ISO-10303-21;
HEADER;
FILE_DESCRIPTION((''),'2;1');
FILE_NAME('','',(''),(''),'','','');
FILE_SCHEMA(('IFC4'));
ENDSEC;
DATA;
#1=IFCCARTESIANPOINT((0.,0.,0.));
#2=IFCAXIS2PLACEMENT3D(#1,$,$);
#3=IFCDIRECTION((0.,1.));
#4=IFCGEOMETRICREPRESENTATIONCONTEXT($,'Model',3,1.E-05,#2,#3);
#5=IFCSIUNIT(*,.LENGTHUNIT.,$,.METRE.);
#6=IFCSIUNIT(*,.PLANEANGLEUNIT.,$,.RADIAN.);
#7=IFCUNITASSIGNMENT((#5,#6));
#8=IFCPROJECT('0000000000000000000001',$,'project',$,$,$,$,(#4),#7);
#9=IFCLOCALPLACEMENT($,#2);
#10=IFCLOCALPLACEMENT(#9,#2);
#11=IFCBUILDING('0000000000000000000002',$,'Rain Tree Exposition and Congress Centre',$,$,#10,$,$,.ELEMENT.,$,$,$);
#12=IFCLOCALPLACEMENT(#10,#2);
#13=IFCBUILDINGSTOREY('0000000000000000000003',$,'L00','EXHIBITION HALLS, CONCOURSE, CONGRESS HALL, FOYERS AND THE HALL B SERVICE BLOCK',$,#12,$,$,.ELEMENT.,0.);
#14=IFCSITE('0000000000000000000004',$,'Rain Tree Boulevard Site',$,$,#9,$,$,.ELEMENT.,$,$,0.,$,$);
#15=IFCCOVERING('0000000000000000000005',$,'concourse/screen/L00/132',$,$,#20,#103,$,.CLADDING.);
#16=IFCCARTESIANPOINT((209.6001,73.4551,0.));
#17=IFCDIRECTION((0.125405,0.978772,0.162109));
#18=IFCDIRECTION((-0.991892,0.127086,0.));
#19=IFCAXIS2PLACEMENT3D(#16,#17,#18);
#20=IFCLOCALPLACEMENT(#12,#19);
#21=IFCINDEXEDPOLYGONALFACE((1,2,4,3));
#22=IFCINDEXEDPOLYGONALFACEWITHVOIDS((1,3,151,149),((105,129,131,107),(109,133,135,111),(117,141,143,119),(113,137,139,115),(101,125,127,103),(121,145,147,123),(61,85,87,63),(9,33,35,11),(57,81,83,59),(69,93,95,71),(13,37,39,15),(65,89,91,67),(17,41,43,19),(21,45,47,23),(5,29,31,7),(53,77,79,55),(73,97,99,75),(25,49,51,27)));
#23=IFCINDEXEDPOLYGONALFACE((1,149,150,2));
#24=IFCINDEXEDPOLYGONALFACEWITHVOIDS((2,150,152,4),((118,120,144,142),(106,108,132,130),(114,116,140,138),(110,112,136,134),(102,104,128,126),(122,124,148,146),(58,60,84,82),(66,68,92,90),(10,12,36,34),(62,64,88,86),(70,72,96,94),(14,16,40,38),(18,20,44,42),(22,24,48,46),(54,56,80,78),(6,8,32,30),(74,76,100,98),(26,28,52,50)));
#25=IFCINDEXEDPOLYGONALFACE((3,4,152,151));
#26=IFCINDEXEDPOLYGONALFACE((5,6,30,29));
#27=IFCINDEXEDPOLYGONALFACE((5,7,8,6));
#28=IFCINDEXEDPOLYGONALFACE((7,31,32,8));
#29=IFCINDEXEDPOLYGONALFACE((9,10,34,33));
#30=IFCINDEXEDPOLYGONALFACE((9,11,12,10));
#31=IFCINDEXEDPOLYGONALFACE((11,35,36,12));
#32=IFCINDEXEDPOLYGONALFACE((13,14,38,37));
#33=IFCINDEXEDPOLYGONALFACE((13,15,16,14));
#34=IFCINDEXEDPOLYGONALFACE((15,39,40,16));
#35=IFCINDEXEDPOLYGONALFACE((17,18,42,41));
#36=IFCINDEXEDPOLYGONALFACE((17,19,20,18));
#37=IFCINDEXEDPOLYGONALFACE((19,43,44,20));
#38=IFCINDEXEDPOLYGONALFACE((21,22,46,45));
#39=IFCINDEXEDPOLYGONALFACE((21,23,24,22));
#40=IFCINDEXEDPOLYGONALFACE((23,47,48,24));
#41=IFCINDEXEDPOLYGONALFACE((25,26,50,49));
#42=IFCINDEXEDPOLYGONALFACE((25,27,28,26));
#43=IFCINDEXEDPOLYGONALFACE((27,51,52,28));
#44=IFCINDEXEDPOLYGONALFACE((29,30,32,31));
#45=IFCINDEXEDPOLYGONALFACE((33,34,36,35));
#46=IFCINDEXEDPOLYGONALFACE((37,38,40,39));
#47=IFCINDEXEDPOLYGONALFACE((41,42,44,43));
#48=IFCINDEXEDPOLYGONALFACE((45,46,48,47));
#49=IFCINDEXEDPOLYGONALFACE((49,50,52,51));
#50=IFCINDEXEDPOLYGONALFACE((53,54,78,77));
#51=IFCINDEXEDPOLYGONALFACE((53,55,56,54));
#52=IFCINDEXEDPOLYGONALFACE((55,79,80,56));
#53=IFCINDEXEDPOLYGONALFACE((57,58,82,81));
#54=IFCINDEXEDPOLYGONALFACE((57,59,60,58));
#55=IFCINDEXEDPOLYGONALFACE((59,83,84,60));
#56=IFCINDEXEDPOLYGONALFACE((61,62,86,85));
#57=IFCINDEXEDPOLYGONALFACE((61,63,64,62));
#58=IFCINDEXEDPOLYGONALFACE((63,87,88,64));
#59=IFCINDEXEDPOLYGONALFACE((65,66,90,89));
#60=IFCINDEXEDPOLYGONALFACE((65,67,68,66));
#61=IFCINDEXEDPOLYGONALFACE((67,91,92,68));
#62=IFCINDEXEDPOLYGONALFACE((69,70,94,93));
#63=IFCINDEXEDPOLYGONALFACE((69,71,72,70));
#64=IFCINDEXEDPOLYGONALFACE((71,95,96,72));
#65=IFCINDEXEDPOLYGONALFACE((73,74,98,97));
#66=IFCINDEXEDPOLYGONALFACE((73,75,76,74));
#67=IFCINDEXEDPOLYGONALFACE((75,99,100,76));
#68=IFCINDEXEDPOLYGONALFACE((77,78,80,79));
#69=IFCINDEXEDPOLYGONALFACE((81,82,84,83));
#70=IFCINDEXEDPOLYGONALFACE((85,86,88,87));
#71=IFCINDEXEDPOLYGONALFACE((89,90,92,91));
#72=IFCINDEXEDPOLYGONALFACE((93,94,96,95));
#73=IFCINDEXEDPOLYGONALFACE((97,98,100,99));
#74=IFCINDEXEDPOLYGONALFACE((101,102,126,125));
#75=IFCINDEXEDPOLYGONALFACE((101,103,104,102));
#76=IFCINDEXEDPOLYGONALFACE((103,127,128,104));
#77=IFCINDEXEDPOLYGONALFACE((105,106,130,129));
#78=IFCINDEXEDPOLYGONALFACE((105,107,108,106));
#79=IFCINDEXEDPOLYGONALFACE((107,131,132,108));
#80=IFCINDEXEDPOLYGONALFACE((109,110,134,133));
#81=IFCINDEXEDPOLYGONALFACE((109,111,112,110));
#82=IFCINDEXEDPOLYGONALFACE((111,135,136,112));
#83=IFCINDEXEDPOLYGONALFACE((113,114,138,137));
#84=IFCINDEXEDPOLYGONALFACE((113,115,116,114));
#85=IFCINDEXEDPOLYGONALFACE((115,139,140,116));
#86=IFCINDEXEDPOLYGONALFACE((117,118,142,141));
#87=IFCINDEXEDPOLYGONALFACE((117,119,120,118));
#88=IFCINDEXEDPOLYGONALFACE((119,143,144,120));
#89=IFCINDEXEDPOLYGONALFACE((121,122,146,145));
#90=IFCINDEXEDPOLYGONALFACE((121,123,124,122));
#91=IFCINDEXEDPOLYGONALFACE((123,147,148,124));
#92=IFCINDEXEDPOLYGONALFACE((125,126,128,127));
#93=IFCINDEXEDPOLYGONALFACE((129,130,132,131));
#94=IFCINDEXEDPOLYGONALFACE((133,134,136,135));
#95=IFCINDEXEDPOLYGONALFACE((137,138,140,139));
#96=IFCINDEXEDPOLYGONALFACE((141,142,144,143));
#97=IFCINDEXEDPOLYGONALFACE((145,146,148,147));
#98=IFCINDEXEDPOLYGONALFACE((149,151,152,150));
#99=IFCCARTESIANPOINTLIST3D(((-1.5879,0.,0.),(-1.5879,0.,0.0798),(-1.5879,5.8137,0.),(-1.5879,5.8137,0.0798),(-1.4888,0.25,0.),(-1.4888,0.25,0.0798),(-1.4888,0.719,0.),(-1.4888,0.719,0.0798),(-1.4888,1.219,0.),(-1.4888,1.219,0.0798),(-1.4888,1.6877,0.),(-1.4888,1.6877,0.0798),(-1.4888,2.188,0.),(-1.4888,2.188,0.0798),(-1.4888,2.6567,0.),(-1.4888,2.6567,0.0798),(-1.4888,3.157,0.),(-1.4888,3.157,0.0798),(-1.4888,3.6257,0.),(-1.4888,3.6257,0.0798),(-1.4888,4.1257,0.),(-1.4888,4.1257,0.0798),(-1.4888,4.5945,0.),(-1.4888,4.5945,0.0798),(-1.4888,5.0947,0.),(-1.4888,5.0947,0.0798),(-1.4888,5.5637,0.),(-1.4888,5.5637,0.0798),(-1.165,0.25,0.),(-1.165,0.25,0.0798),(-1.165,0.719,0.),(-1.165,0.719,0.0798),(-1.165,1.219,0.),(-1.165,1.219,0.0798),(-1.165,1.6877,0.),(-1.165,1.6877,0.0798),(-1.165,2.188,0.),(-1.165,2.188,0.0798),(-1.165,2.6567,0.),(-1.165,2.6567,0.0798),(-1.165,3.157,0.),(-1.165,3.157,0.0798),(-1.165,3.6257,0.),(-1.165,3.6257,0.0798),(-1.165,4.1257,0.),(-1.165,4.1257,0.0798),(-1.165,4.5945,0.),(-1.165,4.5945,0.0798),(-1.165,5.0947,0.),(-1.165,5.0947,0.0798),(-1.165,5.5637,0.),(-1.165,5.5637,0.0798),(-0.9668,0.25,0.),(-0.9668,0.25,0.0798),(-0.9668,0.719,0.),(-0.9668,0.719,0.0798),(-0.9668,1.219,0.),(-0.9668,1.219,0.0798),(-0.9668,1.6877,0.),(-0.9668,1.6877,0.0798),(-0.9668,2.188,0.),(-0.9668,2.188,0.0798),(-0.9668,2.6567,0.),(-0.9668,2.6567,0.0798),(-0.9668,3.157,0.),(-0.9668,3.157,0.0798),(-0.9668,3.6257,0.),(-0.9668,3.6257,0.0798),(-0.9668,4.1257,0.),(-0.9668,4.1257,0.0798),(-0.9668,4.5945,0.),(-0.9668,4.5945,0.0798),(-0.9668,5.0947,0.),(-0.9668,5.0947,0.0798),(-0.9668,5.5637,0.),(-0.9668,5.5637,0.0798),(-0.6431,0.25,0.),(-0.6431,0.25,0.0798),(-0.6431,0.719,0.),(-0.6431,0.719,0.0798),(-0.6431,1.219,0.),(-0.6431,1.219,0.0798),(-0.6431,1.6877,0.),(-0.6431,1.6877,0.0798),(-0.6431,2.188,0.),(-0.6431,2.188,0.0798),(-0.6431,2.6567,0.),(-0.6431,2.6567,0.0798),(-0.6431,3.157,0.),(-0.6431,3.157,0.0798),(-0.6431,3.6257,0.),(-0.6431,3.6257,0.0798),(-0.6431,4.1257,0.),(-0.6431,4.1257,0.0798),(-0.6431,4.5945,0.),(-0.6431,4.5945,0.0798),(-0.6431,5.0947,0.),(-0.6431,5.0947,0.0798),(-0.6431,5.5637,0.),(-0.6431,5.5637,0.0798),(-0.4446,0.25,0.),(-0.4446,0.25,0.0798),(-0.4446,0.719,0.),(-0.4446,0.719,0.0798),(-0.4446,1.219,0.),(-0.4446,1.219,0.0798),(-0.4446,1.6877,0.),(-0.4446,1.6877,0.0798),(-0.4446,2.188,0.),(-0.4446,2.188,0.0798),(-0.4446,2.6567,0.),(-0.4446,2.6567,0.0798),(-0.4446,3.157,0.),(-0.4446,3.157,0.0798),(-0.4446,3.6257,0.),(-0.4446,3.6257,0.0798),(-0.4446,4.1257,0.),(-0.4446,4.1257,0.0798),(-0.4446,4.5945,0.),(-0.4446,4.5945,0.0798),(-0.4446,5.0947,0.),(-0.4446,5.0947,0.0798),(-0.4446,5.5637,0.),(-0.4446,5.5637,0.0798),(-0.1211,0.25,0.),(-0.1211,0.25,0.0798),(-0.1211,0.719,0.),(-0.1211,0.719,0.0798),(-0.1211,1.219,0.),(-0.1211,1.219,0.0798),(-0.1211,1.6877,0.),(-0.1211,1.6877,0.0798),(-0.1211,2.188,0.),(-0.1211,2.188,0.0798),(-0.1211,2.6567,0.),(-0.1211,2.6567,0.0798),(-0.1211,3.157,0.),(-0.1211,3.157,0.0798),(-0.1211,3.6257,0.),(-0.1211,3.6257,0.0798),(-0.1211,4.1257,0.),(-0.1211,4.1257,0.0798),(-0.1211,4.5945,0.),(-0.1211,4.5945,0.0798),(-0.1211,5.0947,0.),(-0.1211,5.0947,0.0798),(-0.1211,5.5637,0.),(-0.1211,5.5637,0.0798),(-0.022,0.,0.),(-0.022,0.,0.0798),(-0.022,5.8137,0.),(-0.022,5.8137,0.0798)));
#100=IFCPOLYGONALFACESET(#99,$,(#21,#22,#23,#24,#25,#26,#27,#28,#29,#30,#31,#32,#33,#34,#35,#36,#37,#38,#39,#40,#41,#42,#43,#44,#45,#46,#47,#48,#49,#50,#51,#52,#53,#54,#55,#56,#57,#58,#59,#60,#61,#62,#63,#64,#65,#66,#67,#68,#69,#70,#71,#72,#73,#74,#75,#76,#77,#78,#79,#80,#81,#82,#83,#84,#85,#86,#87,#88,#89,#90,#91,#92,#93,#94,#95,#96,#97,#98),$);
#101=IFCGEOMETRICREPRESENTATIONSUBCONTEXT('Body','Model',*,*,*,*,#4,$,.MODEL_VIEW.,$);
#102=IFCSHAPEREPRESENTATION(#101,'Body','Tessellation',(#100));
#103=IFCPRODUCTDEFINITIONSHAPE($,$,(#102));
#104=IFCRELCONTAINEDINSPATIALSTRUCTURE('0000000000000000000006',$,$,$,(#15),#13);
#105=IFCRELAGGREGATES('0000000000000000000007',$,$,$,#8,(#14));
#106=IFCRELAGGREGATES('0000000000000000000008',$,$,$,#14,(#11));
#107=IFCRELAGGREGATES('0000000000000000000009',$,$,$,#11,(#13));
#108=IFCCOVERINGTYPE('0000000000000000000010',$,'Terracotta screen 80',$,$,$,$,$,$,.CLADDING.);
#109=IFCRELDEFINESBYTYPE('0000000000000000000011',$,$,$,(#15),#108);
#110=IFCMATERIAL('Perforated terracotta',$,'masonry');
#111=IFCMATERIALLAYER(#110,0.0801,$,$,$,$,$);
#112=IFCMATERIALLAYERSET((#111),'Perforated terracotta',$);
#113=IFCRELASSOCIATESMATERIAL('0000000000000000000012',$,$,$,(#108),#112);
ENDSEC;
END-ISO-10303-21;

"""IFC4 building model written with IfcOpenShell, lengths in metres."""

from ifc_helpers import new_model, si_unit, direction, frame, origin, place, context, subcontext, project, spatial, polyline, outline, extrude, material, layer, layer_set, type_object, element, save


model = new_model("IFC4")

# Units and contexts
model_context = context("Model", 3, precision=1e-05, world=origin(), true_north=direction((0.0, 1.0)))
body_context = subcontext(model_context, "Body", "Model", "MODEL_VIEW")
ifc_project = project(units=[si_unit("LENGTHUNIT", "METRE"), si_unit("PLANEANGLEUNIT", "RADIAN")], contexts=[model_context])

# Site, building, storey
site_placement = place(None, origin())
site = spatial("IfcSite", under=ifc_project, at=site_placement, Name="Rain Tree Boulevard Site", CompositionType="ELEMENT", RefElevation=0.0)
building_placement = place(site_placement, origin())
building = spatial("IfcBuilding", under=site, at=building_placement, Name="Rain Tree Exposition and Congress Centre", CompositionType="ELEMENT")
storey_placement = place(building_placement, origin())
storey = spatial("IfcBuildingStorey", under=building, at=storey_placement, Name="L00", Description="EXHIBITION HALLS, CONCOURSE, CONGRESS HALL, FOYERS AND THE HALL B SERVICE BLOCK", CompositionType="ELEMENT", Elevation=0.0)

# Covering
ifc_material_1 = material(Name="Perforated terracotta", Category="masonry")
ifc_layer_1 = layer(ifc_material_1, 0.0801)
ifc_layer_set_1 = layer_set([ifc_layer_1], Name="Perforated terracotta")
covering_type = type_object("IfcCoveringType", Name="Terracotta screen 80", PredefinedType="CLADDING", material=ifc_layer_set_1)
covering_1_placement = place(storey_placement, frame((209.6001, 73.4551, 0.0), z_axis=(0.125405, 0.978772, 0.162109), x_axis=(-0.991892, 0.127086, 0.0)))
element("IfcCovering", 1, at=covering_1_placement, inside=storey, type_object=covering_type, Name="concourse/screen/L00/132", PredefinedType="CLADDING", context=body_context, shape_type="SweptSolid", body=[
    extrude(outline(polyline([(-0.022, 0.0), (-1.5879, 0.0), (-1.5879, 5.8137), (-0.022, 5.8137), (-0.022, 0.0)]), holes=[polyline([(-0.1211, 0.25), (-0.1211, 0.719), (-0.4446, 0.719), (-0.4446, 0.25), (-0.1211, 0.25)]), polyline([(-0.1211, 1.219), (-0.1211, 1.6877), (-0.4446, 1.6877), (-0.4446, 1.219), (-0.1211, 1.219)]), polyline([(-0.1211, 2.188), (-0.1211, 2.6567), (-0.4446, 2.6567), (-0.4446, 2.188), (-0.1211, 2.188)]), polyline([(-0.1211, 3.157), (-0.1211, 3.6257), (-0.4446, 3.6257), (-0.4446, 3.157), (-0.1211, 3.157)]), polyline([(-0.1211, 4.1257), (-0.1211, 4.5945), (-0.4446, 4.5945), (-0.4446, 4.1257), (-0.1211, 4.1257)]), polyline([(-0.1211, 5.0947), (-0.1211, 5.5637), (-0.4446, 5.5637), (-0.4446, 5.0947), (-0.1211, 5.0947)]), polyline([(-0.6431, 0.25), (-0.6431, 0.719), (-0.9668, 0.719), (-0.9668, 0.25), (-0.6431, 0.25)]), polyline([(-0.6431, 1.219), (-0.6431, 1.6877), (-0.9668, 1.6877), (-0.9668, 1.219), (-0.6431, 1.219)]), polyline([(-0.6431, 2.188), (-0.6431, 2.6567), (-0.9668, 2.6567), (-0.9668, 2.188), (-0.6431, 2.188)]), polyline([(-0.6431, 3.157), (-0.6431, 3.6257), (-0.9668, 3.6257), (-0.9668, 3.157), (-0.6431, 3.157)]), polyline([(-0.6431, 4.1257), (-0.6431, 4.5945), (-0.9668, 4.5945), (-0.9668, 4.1257), (-0.6431, 4.1257)]), polyline([(-0.6431, 5.0947), (-0.6431, 5.5637), (-0.9668, 5.5637), (-0.9668, 5.0947), (-0.6431, 5.0947)]), polyline([(-1.165, 0.25), (-1.165, 0.719), (-1.4888, 0.719), (-1.4888, 0.25), (-1.165, 0.25)]), polyline([(-1.165, 1.219), (-1.165, 1.6877), (-1.4888, 1.6877), (-1.4888, 1.219), (-1.165, 1.219)]), polyline([(-1.165, 2.188), (-1.165, 2.6567), (-1.4888, 2.6567), (-1.4888, 2.188), (-1.165, 2.188)]), polyline([(-1.165, 3.157), (-1.165, 3.6257), (-1.4888, 3.6257), (-1.4888, 3.157), (-1.165, 3.157)]), polyline([(-1.165, 4.1257), (-1.165, 4.5945), (-1.4888, 4.5945), (-1.4888, 4.1257), (-1.165, 4.1257)]), polyline([(-1.165, 5.0947), (-1.165, 5.5637), (-1.4888, 5.5637), (-1.4888, 5.0947), (-1.165, 5.0947)])]), origin(), (0.0, 0.0, 1.0), 0.0798),
])

save(model, "model.ifc")
